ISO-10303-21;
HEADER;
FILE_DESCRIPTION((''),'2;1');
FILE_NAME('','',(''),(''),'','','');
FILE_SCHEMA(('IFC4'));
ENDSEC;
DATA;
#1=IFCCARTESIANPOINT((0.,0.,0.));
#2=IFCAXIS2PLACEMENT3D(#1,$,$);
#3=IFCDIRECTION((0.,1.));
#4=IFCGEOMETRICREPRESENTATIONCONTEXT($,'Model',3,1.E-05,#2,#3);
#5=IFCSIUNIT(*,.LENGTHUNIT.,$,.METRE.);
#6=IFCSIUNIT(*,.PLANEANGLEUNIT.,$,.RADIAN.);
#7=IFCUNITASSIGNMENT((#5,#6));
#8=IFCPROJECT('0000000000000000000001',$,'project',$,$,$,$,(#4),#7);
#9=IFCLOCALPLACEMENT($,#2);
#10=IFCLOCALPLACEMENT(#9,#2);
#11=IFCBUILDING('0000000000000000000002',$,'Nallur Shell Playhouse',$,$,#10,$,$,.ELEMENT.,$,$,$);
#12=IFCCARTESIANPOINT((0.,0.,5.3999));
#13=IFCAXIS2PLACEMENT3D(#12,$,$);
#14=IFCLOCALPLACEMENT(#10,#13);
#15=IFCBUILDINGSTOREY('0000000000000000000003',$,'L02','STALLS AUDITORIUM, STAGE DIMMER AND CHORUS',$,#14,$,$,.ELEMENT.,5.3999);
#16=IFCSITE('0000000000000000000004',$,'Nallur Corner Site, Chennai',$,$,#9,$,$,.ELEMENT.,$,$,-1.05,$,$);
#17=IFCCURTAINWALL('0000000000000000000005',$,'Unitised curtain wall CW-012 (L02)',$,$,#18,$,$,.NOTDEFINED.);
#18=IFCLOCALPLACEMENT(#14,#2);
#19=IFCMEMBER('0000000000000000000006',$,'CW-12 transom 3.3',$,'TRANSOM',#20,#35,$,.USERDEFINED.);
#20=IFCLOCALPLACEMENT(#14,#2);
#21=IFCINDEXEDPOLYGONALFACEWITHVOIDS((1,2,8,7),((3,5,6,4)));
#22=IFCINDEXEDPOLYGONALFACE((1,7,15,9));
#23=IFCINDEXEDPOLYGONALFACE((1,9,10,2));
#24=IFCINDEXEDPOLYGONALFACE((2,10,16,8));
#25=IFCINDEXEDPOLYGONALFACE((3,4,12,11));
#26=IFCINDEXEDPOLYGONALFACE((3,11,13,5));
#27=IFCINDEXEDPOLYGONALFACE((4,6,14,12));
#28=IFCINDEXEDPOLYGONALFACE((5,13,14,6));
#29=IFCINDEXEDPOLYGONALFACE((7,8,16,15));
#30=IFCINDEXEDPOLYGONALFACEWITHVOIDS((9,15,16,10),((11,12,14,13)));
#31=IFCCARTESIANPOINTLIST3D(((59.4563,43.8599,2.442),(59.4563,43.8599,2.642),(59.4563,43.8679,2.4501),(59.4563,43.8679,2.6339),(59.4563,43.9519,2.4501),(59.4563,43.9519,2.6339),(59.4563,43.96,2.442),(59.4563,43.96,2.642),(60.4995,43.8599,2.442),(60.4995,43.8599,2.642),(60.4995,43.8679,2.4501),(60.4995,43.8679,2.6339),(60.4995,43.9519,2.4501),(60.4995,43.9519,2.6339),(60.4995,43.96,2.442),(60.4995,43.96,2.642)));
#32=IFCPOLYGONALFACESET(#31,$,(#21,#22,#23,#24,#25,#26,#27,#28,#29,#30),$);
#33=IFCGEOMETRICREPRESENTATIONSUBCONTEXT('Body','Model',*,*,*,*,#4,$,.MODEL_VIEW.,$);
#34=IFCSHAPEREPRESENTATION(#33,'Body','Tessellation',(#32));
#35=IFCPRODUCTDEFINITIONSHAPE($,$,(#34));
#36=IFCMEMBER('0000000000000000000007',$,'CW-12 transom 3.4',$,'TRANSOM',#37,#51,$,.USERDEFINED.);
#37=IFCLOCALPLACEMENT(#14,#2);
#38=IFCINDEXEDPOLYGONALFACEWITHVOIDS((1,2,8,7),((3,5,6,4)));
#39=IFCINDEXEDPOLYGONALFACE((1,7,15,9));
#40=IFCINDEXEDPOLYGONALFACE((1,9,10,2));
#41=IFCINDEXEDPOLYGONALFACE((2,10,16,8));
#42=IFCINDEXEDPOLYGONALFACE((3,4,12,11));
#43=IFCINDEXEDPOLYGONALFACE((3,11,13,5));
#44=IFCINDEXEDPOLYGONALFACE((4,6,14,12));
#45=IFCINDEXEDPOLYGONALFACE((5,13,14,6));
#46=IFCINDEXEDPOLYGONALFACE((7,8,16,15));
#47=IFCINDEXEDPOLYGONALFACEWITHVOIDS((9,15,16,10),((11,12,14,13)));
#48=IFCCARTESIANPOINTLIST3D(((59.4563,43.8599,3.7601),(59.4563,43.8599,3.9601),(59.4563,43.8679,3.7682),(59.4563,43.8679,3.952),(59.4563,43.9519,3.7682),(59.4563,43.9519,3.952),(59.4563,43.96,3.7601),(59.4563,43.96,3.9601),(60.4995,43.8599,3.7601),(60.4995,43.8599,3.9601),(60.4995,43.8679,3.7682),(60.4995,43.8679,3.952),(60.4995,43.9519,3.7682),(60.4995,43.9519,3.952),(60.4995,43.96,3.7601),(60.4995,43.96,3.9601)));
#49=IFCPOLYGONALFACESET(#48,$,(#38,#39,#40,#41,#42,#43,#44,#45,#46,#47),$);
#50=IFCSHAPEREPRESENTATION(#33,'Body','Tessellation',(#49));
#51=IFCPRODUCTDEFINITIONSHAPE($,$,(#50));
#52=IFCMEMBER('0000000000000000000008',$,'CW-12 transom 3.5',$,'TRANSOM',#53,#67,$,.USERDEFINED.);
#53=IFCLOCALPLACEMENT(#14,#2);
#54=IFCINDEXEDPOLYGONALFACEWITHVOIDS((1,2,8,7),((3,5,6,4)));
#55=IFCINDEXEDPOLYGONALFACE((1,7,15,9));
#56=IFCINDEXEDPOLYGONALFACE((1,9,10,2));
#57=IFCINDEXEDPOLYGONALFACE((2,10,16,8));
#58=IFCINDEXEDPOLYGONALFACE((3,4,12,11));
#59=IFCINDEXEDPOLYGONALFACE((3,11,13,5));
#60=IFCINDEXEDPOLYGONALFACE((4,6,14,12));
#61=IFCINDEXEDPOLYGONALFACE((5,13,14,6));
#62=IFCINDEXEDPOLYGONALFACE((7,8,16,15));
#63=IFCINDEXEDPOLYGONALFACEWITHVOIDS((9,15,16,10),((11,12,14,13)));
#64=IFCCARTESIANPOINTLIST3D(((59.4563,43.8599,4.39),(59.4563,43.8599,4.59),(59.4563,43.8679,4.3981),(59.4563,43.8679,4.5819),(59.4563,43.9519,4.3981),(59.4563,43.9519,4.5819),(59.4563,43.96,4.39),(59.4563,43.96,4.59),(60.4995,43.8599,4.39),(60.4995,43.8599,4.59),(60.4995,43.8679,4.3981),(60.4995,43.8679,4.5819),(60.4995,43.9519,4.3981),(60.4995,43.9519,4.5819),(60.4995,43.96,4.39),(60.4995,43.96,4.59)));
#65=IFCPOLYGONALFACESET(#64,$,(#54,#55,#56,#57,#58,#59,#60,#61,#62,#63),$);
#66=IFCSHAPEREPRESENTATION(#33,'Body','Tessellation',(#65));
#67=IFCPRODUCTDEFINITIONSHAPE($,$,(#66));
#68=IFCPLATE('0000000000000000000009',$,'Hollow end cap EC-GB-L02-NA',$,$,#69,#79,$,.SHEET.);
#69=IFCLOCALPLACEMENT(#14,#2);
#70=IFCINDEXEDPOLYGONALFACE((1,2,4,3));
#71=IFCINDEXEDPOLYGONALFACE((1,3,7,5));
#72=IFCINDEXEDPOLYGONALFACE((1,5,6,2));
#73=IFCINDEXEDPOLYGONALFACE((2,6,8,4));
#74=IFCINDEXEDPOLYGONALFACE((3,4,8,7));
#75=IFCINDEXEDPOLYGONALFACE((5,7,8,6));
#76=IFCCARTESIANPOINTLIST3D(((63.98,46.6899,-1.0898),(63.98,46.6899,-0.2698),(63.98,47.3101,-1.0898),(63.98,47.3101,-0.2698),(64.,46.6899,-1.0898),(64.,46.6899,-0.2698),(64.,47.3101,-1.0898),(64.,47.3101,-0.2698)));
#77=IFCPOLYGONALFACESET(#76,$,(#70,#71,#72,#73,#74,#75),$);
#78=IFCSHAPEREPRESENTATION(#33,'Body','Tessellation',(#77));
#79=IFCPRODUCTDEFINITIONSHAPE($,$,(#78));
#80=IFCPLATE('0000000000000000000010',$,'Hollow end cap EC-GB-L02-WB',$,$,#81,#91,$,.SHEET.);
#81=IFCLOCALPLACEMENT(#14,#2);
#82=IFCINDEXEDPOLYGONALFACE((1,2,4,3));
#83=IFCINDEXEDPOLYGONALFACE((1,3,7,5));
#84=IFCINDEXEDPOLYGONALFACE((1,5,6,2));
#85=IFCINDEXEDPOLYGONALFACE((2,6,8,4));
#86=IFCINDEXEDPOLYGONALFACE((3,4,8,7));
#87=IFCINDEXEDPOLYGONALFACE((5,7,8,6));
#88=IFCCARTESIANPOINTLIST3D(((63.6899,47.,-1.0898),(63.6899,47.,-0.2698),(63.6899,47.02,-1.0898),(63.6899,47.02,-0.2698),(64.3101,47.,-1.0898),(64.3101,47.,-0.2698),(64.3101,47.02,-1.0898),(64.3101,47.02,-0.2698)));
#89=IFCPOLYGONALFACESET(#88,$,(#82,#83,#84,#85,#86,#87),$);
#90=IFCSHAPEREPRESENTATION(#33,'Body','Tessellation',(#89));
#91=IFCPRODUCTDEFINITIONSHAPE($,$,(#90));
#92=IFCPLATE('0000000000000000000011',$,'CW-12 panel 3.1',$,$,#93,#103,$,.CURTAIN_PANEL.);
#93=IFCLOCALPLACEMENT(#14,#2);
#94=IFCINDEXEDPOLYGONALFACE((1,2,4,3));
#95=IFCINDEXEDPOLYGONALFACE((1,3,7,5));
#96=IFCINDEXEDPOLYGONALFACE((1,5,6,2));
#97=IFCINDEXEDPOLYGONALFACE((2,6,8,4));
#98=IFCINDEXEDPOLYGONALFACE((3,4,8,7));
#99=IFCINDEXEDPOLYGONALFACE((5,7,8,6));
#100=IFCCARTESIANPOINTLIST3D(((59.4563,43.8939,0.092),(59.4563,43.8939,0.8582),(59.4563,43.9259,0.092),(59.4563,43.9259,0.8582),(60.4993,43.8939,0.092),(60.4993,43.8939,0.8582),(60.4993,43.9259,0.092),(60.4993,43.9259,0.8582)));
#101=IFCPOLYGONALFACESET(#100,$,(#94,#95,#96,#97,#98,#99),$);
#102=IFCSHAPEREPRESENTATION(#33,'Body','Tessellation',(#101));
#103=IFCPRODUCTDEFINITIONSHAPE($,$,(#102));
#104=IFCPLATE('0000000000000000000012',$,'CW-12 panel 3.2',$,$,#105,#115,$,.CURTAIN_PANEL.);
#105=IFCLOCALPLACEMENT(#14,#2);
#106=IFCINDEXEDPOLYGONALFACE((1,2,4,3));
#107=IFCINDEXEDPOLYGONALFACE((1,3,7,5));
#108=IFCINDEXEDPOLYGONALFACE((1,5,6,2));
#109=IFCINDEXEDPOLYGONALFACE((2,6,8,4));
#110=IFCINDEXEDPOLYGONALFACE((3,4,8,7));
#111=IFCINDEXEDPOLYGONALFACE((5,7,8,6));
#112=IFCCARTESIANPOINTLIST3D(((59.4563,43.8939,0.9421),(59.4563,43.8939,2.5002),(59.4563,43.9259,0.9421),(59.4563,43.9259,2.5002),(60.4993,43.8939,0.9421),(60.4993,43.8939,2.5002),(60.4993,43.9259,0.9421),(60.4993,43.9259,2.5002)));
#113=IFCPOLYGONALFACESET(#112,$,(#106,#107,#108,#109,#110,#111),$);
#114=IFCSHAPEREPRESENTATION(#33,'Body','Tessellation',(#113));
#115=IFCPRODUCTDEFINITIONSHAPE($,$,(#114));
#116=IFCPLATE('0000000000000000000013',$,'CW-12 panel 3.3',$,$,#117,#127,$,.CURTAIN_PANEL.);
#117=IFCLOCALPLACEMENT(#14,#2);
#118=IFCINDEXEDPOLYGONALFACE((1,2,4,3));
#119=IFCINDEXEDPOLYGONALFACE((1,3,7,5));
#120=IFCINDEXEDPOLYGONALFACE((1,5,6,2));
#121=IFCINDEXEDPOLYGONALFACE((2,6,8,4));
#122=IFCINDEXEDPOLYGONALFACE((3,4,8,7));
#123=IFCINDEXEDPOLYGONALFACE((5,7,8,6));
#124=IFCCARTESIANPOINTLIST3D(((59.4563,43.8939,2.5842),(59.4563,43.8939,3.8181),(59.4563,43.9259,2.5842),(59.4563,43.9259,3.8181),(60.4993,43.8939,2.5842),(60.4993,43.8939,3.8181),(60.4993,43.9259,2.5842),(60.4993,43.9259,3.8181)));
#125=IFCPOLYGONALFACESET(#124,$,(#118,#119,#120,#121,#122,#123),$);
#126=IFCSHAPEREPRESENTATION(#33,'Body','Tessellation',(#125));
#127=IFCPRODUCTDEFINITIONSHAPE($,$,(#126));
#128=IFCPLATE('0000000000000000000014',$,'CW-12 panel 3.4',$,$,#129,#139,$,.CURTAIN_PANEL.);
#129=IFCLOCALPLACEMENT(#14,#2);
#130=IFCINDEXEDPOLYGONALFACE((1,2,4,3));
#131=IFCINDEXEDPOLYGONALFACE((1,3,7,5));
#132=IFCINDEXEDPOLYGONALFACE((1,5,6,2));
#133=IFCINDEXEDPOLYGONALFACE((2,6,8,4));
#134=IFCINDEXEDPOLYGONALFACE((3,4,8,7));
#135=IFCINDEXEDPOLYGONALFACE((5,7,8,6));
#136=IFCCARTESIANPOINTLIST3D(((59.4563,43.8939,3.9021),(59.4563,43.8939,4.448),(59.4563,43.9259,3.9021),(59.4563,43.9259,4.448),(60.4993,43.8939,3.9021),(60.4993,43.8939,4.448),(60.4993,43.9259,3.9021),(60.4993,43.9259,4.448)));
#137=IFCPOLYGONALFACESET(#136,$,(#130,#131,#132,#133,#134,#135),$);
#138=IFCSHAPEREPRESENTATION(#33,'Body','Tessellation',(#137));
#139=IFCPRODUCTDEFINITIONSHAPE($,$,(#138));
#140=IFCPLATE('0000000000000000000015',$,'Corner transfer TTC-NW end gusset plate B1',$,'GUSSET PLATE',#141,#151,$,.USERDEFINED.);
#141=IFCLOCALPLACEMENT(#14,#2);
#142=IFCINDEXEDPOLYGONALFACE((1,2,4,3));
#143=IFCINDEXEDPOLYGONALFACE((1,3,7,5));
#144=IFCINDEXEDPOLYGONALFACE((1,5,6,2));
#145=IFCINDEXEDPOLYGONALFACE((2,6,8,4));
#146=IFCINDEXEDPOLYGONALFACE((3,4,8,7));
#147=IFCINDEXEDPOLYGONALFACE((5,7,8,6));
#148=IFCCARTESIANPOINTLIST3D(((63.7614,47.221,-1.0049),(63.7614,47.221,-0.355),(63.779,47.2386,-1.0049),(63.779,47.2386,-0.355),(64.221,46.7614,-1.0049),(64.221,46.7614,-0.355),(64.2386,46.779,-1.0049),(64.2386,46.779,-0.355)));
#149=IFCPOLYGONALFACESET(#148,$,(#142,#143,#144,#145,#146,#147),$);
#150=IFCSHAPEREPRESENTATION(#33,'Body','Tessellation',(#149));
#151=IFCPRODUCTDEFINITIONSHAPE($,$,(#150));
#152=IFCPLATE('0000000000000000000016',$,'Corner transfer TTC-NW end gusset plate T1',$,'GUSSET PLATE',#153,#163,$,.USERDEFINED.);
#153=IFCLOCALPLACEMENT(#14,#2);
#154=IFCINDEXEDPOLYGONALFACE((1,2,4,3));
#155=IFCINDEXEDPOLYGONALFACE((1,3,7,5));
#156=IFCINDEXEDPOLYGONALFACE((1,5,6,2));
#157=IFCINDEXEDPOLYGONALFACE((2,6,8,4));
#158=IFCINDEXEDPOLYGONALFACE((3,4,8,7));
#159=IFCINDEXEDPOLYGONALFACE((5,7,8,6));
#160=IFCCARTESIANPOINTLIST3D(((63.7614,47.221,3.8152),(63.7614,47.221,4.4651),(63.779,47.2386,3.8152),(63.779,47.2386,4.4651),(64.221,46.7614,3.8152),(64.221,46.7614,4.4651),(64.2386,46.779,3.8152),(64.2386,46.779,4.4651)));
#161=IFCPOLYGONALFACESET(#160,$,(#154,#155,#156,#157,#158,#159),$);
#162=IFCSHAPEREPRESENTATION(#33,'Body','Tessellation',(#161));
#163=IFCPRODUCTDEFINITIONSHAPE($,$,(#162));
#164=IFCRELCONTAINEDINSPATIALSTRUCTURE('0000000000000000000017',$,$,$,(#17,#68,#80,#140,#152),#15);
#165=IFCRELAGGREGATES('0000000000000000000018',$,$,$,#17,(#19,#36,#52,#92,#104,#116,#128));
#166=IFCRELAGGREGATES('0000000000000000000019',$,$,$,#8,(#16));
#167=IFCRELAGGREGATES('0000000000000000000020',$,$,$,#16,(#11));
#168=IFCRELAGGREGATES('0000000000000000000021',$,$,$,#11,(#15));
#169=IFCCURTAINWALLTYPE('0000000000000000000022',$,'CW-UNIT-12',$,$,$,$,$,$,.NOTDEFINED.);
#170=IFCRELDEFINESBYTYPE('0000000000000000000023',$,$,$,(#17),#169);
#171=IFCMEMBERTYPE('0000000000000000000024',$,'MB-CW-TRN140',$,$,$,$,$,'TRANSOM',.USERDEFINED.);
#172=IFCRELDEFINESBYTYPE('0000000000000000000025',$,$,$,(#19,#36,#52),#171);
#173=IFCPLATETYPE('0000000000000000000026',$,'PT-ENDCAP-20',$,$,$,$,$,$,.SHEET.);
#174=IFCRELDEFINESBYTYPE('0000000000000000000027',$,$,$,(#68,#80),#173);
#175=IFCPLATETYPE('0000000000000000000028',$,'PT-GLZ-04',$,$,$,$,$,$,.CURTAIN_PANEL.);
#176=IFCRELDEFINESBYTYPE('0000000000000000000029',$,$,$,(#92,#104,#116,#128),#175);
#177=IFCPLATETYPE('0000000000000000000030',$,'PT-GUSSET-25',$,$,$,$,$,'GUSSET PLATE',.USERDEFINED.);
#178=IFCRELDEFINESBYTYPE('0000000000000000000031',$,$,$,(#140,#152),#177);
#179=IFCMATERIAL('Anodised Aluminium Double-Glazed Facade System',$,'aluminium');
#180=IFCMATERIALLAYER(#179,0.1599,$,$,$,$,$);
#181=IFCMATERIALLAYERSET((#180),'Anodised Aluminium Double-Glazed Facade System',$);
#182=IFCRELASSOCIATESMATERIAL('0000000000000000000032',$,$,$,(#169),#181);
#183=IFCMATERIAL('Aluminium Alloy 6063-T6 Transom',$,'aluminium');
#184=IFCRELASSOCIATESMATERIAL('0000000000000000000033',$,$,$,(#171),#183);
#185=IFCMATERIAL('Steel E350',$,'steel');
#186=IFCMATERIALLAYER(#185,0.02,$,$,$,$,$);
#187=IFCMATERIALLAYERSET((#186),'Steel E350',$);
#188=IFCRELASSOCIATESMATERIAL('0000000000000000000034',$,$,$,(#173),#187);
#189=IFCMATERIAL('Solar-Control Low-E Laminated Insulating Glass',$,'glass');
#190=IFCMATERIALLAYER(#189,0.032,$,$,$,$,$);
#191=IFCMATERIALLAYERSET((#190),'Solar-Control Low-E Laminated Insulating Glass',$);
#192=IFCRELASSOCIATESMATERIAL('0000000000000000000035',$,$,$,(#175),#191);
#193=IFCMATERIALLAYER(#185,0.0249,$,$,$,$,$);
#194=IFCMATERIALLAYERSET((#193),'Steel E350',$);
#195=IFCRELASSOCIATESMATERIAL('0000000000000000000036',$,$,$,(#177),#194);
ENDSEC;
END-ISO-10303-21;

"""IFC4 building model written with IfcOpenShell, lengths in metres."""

from ifc_helpers import new_model, si_unit, direction, frame, origin, origin_2d, place, context, subcontext, project, spatial, rectangle, hollow_rectangle, extrude, material, layer, layer_set, material_profile, profile_set, type_object, element, aggregate, save


model = new_model("IFC4")

# Units and contexts
model_context = context("Model", 3, precision=1e-05, world=origin(), true_north=direction((0.0, 1.0)))
body_context = subcontext(model_context, "Body", "Model", "MODEL_VIEW")
ifc_project = project(units=[si_unit("LENGTHUNIT", "METRE"), si_unit("PLANEANGLEUNIT", "RADIAN")], contexts=[model_context])

# Site, building, storey
site_placement = place(None, origin())
site = spatial("IfcSite", under=ifc_project, at=site_placement, Name="Nallur Corner Site, Chennai", CompositionType="ELEMENT", RefElevation=-1.05)
building_placement = place(site_placement, origin())
building = spatial("IfcBuilding", under=site, at=building_placement, Name="Nallur Shell Playhouse", CompositionType="ELEMENT")
storey_placement = place(building_placement, frame((0.0, 0.0, 5.3999)))
storey = spatial("IfcBuildingStorey", under=building, at=storey_placement, Name="L02", Description="STALLS AUDITORIUM, STAGE DIMMER AND CHORUS", CompositionType="ELEMENT", Elevation=5.3999)

# Shared definitions
ifc_material_1 = material(Name="Steel E350", Category="steel")

# Curtain wall, members
ifc_material_2 = material(Name="Anodised Aluminium Double-Glazed Facade System", Category="aluminium")
ifc_layer_1 = layer(ifc_material_2, 0.1599)
ifc_layer_set_1 = layer_set([ifc_layer_1], Name="Anodised Aluminium Double-Glazed Facade System")
curtain_wall_type = type_object("IfcCurtainWallType", Name="CW-UNIT-12", PredefinedType="NOTDEFINED", material=ifc_layer_set_1)
curtain_wall_placement = place(storey_placement, origin())
curtain_wall = element("IfcCurtainWall", 1, at=curtain_wall_placement, inside=storey, type_object=curtain_wall_type, Name="Unitised curtain wall CW-012 (L02)", PredefinedType="NOTDEFINED")
ifc_material_3 = material(Name="Aluminium Alloy 6063-T6 Transom", Category="aluminium")
ifc_material_profile_1 = material_profile(ifc_material_3, hollow_rectangle(XDim=0.1001, YDim=0.2, WallThickness=0.0081, at=origin_2d()), Name="RHS 200x100x8")
ifc_profile_set_1 = profile_set([ifc_material_profile_1], Name="Aluminium Alloy 6063-T6 Transom")
member_type_1 = type_object("IfcMemberType", Name="MB-CW-TRN140", ElementType="TRANSOM", PredefinedType="USERDEFINED", material=ifc_profile_set_1)
member_1_placement = place(storey_placement, frame((59.4563, 43.9099, 2.542), z_axis=(1.0, 0.0, 0.0), x_axis=(0.0, 1.0, 0.0)))
member_1 = element("IfcMember", 2, at=member_1_placement, type_object=member_type_1, Name="CW-12 transom 3.3", ObjectType="TRANSOM", PredefinedType="USERDEFINED", context=body_context, shape_type="SweptSolid", body=[
    extrude(hollow_rectangle(XDim=0.1001, YDim=0.2, WallThickness=0.0081, at=origin_2d()), origin(), (0.0, 0.0, 1.0), 1.0432),
])
member_2_placement = place(storey_placement, frame((59.4563, 43.9099, 3.8601), z_axis=(1.0, 0.0, 0.0), x_axis=(0.0, 1.0, 0.0)))
member_2 = element("IfcMember", 3, at=member_2_placement, type_object=member_type_1, Name="CW-12 transom 3.4", ObjectType="TRANSOM", PredefinedType="USERDEFINED", context=body_context, shape_type="SweptSolid", body=[
    extrude(hollow_rectangle(XDim=0.1001, YDim=0.2, WallThickness=0.0081, at=origin_2d()), origin(), (0.0, 0.0, 1.0), 1.0432),
])
member_3_placement = place(storey_placement, frame((59.4563, 43.9099, 4.49), z_axis=(1.0, 0.0, 0.0), x_axis=(0.0, 1.0, 0.0)))
member_3 = element("IfcMember", 4, at=member_3_placement, type_object=member_type_1, Name="CW-12 transom 3.5", ObjectType="TRANSOM", PredefinedType="USERDEFINED", context=body_context, shape_type="SweptSolid", body=[
    extrude(hollow_rectangle(XDim=0.1001, YDim=0.2, WallThickness=0.0081, at=origin_2d()), origin(), (0.0, 0.0, 1.0), 1.0432),
])

# Plates
ifc_layer_2 = layer(ifc_material_1, 0.02)
ifc_layer_set_2 = layer_set([ifc_layer_2], Name="Steel E350")
plate_type_1 = type_object("IfcPlateType", Name="PT-ENDCAP-20", PredefinedType="SHEET", material=ifc_layer_set_2)
plate_1_placement = place(storey_placement, frame((63.99, 47.0, -1.0898), z_axis=(0.0, 0.0, 1.0), x_axis=(1.0, 0.0, 0.0)))
element("IfcPlate", 5, at=plate_1_placement, inside=storey, type_object=plate_type_1, Name="Hollow end cap EC-GB-L02-NA", PredefinedType="SHEET", context=body_context, shape_type="SweptSolid", body=[
    extrude(rectangle(XDim=0.02, YDim=0.6201, at=origin_2d()), origin(), (0.0, 0.0, 1.0), 0.8201),
])
plate_2_placement = place(storey_placement, frame((64.0, 47.01, -1.0898), z_axis=(0.0, 0.0, 1.0), x_axis=(1.0, 0.0, 0.0)))
element("IfcPlate", 6, at=plate_2_placement, inside=storey, type_object=plate_type_1, Name="Hollow end cap EC-GB-L02-WB", PredefinedType="SHEET", context=body_context, shape_type="SweptSolid", body=[
    extrude(rectangle(XDim=0.6201, YDim=0.02, at=origin_2d()), origin(), (0.0, 0.0, 1.0), 0.8201),
])

# Plates
ifc_material_4 = material(Name="Solar-Control Low-E Laminated Insulating Glass", Category="glass")
ifc_layer_3 = layer(ifc_material_4, 0.032)
ifc_layer_set_3 = layer_set([ifc_layer_3], Name="Solar-Control Low-E Laminated Insulating Glass")
plate_type_2 = type_object("IfcPlateType", Name="PT-GLZ-04", PredefinedType="CURTAIN_PANEL", material=ifc_layer_set_3)
plate_3_placement = place(storey_placement, frame((59.9778, 43.9099, 0.092), z_axis=(0.0, 0.0, 1.0), x_axis=(1.0, 0.0, 0.0)))
plate_3 = element("IfcPlate", 7, at=plate_3_placement, type_object=plate_type_2, Name="CW-12 panel 3.1", PredefinedType="CURTAIN_PANEL", context=body_context, shape_type="SweptSolid", body=[
    extrude(rectangle(XDim=1.043, YDim=0.032, at=origin_2d()), origin(), (0.0, 0.0, 1.0), 0.7661),
])
plate_4_placement = place(storey_placement, frame((59.9778, 43.9099, 0.9421), z_axis=(0.0, 0.0, 1.0), x_axis=(1.0, 0.0, 0.0)))
plate_4 = element("IfcPlate", 8, at=plate_4_placement, type_object=plate_type_2, Name="CW-12 panel 3.2", PredefinedType="CURTAIN_PANEL", context=body_context, shape_type="SweptSolid", body=[
    extrude(rectangle(XDim=1.043, YDim=0.032, at=origin_2d()), origin(), (0.0, 0.0, 1.0), 1.5581),
])
plate_5_placement = place(storey_placement, frame((59.9778, 43.9099, 2.5842), z_axis=(0.0, 0.0, 1.0), x_axis=(1.0, 0.0, 0.0)))
plate_5 = element("IfcPlate", 9, at=plate_5_placement, type_object=plate_type_2, Name="CW-12 panel 3.3", PredefinedType="CURTAIN_PANEL", context=body_context, shape_type="SweptSolid", body=[
    extrude(rectangle(XDim=1.043, YDim=0.032, at=origin_2d()), origin(), (0.0, 0.0, 1.0), 1.2339),
])
plate_6_placement = place(storey_placement, frame((59.9778, 43.9099, 3.9021), z_axis=(0.0, 0.0, 1.0), x_axis=(1.0, 0.0, 0.0)))
plate_6 = element("IfcPlate", 10, at=plate_6_placement, type_object=plate_type_2, Name="CW-12 panel 3.4", PredefinedType="CURTAIN_PANEL", context=body_context, shape_type="SweptSolid", body=[
    extrude(rectangle(XDim=1.043, YDim=0.032, at=origin_2d()), origin(), (0.0, 0.0, 1.0), 0.5459),
])
aggregate(curtain_wall, [member_1, member_2, member_3, plate_3, plate_4, plate_5, plate_6])

# Plates
ifc_layer_4 = layer(ifc_material_1, 0.0249)
ifc_layer_set_4 = layer_set([ifc_layer_4], Name="Steel E350")
plate_type_3 = type_object("IfcPlateType", Name="PT-GUSSET-25", ElementType="GUSSET PLATE", PredefinedType="USERDEFINED", material=ifc_layer_set_4)
for number, where, z_axis, x_axis, name in (
    (11, (64.0, 47.0, -1.0049), (0.0, 0.0, 1.0), (-0.707107, 0.707107, 0.0), "Corner transfer TTC-NW end gusset plate B1"),
    (12, (64.0, 47.0, 3.8152), (0.0, 0.0, 1.0), (-0.707107, 0.707107, 0.0), "Corner transfer TTC-NW end gusset plate T1"),
):
    element("IfcPlate", number, at=place(storey_placement, frame(where, z_axis=z_axis, x_axis=x_axis)), inside=storey, type_object=plate_type_3, Name=name, ObjectType="GUSSET PLATE", PredefinedType="USERDEFINED", context=body_context, shape_type="SweptSolid", body=[
        extrude(rectangle(XDim=0.6499, YDim=0.0249, at=origin_2d()), origin(), (0.0, 0.0, 1.0), 0.6499),
    ])

save(model, "model.ifc")
